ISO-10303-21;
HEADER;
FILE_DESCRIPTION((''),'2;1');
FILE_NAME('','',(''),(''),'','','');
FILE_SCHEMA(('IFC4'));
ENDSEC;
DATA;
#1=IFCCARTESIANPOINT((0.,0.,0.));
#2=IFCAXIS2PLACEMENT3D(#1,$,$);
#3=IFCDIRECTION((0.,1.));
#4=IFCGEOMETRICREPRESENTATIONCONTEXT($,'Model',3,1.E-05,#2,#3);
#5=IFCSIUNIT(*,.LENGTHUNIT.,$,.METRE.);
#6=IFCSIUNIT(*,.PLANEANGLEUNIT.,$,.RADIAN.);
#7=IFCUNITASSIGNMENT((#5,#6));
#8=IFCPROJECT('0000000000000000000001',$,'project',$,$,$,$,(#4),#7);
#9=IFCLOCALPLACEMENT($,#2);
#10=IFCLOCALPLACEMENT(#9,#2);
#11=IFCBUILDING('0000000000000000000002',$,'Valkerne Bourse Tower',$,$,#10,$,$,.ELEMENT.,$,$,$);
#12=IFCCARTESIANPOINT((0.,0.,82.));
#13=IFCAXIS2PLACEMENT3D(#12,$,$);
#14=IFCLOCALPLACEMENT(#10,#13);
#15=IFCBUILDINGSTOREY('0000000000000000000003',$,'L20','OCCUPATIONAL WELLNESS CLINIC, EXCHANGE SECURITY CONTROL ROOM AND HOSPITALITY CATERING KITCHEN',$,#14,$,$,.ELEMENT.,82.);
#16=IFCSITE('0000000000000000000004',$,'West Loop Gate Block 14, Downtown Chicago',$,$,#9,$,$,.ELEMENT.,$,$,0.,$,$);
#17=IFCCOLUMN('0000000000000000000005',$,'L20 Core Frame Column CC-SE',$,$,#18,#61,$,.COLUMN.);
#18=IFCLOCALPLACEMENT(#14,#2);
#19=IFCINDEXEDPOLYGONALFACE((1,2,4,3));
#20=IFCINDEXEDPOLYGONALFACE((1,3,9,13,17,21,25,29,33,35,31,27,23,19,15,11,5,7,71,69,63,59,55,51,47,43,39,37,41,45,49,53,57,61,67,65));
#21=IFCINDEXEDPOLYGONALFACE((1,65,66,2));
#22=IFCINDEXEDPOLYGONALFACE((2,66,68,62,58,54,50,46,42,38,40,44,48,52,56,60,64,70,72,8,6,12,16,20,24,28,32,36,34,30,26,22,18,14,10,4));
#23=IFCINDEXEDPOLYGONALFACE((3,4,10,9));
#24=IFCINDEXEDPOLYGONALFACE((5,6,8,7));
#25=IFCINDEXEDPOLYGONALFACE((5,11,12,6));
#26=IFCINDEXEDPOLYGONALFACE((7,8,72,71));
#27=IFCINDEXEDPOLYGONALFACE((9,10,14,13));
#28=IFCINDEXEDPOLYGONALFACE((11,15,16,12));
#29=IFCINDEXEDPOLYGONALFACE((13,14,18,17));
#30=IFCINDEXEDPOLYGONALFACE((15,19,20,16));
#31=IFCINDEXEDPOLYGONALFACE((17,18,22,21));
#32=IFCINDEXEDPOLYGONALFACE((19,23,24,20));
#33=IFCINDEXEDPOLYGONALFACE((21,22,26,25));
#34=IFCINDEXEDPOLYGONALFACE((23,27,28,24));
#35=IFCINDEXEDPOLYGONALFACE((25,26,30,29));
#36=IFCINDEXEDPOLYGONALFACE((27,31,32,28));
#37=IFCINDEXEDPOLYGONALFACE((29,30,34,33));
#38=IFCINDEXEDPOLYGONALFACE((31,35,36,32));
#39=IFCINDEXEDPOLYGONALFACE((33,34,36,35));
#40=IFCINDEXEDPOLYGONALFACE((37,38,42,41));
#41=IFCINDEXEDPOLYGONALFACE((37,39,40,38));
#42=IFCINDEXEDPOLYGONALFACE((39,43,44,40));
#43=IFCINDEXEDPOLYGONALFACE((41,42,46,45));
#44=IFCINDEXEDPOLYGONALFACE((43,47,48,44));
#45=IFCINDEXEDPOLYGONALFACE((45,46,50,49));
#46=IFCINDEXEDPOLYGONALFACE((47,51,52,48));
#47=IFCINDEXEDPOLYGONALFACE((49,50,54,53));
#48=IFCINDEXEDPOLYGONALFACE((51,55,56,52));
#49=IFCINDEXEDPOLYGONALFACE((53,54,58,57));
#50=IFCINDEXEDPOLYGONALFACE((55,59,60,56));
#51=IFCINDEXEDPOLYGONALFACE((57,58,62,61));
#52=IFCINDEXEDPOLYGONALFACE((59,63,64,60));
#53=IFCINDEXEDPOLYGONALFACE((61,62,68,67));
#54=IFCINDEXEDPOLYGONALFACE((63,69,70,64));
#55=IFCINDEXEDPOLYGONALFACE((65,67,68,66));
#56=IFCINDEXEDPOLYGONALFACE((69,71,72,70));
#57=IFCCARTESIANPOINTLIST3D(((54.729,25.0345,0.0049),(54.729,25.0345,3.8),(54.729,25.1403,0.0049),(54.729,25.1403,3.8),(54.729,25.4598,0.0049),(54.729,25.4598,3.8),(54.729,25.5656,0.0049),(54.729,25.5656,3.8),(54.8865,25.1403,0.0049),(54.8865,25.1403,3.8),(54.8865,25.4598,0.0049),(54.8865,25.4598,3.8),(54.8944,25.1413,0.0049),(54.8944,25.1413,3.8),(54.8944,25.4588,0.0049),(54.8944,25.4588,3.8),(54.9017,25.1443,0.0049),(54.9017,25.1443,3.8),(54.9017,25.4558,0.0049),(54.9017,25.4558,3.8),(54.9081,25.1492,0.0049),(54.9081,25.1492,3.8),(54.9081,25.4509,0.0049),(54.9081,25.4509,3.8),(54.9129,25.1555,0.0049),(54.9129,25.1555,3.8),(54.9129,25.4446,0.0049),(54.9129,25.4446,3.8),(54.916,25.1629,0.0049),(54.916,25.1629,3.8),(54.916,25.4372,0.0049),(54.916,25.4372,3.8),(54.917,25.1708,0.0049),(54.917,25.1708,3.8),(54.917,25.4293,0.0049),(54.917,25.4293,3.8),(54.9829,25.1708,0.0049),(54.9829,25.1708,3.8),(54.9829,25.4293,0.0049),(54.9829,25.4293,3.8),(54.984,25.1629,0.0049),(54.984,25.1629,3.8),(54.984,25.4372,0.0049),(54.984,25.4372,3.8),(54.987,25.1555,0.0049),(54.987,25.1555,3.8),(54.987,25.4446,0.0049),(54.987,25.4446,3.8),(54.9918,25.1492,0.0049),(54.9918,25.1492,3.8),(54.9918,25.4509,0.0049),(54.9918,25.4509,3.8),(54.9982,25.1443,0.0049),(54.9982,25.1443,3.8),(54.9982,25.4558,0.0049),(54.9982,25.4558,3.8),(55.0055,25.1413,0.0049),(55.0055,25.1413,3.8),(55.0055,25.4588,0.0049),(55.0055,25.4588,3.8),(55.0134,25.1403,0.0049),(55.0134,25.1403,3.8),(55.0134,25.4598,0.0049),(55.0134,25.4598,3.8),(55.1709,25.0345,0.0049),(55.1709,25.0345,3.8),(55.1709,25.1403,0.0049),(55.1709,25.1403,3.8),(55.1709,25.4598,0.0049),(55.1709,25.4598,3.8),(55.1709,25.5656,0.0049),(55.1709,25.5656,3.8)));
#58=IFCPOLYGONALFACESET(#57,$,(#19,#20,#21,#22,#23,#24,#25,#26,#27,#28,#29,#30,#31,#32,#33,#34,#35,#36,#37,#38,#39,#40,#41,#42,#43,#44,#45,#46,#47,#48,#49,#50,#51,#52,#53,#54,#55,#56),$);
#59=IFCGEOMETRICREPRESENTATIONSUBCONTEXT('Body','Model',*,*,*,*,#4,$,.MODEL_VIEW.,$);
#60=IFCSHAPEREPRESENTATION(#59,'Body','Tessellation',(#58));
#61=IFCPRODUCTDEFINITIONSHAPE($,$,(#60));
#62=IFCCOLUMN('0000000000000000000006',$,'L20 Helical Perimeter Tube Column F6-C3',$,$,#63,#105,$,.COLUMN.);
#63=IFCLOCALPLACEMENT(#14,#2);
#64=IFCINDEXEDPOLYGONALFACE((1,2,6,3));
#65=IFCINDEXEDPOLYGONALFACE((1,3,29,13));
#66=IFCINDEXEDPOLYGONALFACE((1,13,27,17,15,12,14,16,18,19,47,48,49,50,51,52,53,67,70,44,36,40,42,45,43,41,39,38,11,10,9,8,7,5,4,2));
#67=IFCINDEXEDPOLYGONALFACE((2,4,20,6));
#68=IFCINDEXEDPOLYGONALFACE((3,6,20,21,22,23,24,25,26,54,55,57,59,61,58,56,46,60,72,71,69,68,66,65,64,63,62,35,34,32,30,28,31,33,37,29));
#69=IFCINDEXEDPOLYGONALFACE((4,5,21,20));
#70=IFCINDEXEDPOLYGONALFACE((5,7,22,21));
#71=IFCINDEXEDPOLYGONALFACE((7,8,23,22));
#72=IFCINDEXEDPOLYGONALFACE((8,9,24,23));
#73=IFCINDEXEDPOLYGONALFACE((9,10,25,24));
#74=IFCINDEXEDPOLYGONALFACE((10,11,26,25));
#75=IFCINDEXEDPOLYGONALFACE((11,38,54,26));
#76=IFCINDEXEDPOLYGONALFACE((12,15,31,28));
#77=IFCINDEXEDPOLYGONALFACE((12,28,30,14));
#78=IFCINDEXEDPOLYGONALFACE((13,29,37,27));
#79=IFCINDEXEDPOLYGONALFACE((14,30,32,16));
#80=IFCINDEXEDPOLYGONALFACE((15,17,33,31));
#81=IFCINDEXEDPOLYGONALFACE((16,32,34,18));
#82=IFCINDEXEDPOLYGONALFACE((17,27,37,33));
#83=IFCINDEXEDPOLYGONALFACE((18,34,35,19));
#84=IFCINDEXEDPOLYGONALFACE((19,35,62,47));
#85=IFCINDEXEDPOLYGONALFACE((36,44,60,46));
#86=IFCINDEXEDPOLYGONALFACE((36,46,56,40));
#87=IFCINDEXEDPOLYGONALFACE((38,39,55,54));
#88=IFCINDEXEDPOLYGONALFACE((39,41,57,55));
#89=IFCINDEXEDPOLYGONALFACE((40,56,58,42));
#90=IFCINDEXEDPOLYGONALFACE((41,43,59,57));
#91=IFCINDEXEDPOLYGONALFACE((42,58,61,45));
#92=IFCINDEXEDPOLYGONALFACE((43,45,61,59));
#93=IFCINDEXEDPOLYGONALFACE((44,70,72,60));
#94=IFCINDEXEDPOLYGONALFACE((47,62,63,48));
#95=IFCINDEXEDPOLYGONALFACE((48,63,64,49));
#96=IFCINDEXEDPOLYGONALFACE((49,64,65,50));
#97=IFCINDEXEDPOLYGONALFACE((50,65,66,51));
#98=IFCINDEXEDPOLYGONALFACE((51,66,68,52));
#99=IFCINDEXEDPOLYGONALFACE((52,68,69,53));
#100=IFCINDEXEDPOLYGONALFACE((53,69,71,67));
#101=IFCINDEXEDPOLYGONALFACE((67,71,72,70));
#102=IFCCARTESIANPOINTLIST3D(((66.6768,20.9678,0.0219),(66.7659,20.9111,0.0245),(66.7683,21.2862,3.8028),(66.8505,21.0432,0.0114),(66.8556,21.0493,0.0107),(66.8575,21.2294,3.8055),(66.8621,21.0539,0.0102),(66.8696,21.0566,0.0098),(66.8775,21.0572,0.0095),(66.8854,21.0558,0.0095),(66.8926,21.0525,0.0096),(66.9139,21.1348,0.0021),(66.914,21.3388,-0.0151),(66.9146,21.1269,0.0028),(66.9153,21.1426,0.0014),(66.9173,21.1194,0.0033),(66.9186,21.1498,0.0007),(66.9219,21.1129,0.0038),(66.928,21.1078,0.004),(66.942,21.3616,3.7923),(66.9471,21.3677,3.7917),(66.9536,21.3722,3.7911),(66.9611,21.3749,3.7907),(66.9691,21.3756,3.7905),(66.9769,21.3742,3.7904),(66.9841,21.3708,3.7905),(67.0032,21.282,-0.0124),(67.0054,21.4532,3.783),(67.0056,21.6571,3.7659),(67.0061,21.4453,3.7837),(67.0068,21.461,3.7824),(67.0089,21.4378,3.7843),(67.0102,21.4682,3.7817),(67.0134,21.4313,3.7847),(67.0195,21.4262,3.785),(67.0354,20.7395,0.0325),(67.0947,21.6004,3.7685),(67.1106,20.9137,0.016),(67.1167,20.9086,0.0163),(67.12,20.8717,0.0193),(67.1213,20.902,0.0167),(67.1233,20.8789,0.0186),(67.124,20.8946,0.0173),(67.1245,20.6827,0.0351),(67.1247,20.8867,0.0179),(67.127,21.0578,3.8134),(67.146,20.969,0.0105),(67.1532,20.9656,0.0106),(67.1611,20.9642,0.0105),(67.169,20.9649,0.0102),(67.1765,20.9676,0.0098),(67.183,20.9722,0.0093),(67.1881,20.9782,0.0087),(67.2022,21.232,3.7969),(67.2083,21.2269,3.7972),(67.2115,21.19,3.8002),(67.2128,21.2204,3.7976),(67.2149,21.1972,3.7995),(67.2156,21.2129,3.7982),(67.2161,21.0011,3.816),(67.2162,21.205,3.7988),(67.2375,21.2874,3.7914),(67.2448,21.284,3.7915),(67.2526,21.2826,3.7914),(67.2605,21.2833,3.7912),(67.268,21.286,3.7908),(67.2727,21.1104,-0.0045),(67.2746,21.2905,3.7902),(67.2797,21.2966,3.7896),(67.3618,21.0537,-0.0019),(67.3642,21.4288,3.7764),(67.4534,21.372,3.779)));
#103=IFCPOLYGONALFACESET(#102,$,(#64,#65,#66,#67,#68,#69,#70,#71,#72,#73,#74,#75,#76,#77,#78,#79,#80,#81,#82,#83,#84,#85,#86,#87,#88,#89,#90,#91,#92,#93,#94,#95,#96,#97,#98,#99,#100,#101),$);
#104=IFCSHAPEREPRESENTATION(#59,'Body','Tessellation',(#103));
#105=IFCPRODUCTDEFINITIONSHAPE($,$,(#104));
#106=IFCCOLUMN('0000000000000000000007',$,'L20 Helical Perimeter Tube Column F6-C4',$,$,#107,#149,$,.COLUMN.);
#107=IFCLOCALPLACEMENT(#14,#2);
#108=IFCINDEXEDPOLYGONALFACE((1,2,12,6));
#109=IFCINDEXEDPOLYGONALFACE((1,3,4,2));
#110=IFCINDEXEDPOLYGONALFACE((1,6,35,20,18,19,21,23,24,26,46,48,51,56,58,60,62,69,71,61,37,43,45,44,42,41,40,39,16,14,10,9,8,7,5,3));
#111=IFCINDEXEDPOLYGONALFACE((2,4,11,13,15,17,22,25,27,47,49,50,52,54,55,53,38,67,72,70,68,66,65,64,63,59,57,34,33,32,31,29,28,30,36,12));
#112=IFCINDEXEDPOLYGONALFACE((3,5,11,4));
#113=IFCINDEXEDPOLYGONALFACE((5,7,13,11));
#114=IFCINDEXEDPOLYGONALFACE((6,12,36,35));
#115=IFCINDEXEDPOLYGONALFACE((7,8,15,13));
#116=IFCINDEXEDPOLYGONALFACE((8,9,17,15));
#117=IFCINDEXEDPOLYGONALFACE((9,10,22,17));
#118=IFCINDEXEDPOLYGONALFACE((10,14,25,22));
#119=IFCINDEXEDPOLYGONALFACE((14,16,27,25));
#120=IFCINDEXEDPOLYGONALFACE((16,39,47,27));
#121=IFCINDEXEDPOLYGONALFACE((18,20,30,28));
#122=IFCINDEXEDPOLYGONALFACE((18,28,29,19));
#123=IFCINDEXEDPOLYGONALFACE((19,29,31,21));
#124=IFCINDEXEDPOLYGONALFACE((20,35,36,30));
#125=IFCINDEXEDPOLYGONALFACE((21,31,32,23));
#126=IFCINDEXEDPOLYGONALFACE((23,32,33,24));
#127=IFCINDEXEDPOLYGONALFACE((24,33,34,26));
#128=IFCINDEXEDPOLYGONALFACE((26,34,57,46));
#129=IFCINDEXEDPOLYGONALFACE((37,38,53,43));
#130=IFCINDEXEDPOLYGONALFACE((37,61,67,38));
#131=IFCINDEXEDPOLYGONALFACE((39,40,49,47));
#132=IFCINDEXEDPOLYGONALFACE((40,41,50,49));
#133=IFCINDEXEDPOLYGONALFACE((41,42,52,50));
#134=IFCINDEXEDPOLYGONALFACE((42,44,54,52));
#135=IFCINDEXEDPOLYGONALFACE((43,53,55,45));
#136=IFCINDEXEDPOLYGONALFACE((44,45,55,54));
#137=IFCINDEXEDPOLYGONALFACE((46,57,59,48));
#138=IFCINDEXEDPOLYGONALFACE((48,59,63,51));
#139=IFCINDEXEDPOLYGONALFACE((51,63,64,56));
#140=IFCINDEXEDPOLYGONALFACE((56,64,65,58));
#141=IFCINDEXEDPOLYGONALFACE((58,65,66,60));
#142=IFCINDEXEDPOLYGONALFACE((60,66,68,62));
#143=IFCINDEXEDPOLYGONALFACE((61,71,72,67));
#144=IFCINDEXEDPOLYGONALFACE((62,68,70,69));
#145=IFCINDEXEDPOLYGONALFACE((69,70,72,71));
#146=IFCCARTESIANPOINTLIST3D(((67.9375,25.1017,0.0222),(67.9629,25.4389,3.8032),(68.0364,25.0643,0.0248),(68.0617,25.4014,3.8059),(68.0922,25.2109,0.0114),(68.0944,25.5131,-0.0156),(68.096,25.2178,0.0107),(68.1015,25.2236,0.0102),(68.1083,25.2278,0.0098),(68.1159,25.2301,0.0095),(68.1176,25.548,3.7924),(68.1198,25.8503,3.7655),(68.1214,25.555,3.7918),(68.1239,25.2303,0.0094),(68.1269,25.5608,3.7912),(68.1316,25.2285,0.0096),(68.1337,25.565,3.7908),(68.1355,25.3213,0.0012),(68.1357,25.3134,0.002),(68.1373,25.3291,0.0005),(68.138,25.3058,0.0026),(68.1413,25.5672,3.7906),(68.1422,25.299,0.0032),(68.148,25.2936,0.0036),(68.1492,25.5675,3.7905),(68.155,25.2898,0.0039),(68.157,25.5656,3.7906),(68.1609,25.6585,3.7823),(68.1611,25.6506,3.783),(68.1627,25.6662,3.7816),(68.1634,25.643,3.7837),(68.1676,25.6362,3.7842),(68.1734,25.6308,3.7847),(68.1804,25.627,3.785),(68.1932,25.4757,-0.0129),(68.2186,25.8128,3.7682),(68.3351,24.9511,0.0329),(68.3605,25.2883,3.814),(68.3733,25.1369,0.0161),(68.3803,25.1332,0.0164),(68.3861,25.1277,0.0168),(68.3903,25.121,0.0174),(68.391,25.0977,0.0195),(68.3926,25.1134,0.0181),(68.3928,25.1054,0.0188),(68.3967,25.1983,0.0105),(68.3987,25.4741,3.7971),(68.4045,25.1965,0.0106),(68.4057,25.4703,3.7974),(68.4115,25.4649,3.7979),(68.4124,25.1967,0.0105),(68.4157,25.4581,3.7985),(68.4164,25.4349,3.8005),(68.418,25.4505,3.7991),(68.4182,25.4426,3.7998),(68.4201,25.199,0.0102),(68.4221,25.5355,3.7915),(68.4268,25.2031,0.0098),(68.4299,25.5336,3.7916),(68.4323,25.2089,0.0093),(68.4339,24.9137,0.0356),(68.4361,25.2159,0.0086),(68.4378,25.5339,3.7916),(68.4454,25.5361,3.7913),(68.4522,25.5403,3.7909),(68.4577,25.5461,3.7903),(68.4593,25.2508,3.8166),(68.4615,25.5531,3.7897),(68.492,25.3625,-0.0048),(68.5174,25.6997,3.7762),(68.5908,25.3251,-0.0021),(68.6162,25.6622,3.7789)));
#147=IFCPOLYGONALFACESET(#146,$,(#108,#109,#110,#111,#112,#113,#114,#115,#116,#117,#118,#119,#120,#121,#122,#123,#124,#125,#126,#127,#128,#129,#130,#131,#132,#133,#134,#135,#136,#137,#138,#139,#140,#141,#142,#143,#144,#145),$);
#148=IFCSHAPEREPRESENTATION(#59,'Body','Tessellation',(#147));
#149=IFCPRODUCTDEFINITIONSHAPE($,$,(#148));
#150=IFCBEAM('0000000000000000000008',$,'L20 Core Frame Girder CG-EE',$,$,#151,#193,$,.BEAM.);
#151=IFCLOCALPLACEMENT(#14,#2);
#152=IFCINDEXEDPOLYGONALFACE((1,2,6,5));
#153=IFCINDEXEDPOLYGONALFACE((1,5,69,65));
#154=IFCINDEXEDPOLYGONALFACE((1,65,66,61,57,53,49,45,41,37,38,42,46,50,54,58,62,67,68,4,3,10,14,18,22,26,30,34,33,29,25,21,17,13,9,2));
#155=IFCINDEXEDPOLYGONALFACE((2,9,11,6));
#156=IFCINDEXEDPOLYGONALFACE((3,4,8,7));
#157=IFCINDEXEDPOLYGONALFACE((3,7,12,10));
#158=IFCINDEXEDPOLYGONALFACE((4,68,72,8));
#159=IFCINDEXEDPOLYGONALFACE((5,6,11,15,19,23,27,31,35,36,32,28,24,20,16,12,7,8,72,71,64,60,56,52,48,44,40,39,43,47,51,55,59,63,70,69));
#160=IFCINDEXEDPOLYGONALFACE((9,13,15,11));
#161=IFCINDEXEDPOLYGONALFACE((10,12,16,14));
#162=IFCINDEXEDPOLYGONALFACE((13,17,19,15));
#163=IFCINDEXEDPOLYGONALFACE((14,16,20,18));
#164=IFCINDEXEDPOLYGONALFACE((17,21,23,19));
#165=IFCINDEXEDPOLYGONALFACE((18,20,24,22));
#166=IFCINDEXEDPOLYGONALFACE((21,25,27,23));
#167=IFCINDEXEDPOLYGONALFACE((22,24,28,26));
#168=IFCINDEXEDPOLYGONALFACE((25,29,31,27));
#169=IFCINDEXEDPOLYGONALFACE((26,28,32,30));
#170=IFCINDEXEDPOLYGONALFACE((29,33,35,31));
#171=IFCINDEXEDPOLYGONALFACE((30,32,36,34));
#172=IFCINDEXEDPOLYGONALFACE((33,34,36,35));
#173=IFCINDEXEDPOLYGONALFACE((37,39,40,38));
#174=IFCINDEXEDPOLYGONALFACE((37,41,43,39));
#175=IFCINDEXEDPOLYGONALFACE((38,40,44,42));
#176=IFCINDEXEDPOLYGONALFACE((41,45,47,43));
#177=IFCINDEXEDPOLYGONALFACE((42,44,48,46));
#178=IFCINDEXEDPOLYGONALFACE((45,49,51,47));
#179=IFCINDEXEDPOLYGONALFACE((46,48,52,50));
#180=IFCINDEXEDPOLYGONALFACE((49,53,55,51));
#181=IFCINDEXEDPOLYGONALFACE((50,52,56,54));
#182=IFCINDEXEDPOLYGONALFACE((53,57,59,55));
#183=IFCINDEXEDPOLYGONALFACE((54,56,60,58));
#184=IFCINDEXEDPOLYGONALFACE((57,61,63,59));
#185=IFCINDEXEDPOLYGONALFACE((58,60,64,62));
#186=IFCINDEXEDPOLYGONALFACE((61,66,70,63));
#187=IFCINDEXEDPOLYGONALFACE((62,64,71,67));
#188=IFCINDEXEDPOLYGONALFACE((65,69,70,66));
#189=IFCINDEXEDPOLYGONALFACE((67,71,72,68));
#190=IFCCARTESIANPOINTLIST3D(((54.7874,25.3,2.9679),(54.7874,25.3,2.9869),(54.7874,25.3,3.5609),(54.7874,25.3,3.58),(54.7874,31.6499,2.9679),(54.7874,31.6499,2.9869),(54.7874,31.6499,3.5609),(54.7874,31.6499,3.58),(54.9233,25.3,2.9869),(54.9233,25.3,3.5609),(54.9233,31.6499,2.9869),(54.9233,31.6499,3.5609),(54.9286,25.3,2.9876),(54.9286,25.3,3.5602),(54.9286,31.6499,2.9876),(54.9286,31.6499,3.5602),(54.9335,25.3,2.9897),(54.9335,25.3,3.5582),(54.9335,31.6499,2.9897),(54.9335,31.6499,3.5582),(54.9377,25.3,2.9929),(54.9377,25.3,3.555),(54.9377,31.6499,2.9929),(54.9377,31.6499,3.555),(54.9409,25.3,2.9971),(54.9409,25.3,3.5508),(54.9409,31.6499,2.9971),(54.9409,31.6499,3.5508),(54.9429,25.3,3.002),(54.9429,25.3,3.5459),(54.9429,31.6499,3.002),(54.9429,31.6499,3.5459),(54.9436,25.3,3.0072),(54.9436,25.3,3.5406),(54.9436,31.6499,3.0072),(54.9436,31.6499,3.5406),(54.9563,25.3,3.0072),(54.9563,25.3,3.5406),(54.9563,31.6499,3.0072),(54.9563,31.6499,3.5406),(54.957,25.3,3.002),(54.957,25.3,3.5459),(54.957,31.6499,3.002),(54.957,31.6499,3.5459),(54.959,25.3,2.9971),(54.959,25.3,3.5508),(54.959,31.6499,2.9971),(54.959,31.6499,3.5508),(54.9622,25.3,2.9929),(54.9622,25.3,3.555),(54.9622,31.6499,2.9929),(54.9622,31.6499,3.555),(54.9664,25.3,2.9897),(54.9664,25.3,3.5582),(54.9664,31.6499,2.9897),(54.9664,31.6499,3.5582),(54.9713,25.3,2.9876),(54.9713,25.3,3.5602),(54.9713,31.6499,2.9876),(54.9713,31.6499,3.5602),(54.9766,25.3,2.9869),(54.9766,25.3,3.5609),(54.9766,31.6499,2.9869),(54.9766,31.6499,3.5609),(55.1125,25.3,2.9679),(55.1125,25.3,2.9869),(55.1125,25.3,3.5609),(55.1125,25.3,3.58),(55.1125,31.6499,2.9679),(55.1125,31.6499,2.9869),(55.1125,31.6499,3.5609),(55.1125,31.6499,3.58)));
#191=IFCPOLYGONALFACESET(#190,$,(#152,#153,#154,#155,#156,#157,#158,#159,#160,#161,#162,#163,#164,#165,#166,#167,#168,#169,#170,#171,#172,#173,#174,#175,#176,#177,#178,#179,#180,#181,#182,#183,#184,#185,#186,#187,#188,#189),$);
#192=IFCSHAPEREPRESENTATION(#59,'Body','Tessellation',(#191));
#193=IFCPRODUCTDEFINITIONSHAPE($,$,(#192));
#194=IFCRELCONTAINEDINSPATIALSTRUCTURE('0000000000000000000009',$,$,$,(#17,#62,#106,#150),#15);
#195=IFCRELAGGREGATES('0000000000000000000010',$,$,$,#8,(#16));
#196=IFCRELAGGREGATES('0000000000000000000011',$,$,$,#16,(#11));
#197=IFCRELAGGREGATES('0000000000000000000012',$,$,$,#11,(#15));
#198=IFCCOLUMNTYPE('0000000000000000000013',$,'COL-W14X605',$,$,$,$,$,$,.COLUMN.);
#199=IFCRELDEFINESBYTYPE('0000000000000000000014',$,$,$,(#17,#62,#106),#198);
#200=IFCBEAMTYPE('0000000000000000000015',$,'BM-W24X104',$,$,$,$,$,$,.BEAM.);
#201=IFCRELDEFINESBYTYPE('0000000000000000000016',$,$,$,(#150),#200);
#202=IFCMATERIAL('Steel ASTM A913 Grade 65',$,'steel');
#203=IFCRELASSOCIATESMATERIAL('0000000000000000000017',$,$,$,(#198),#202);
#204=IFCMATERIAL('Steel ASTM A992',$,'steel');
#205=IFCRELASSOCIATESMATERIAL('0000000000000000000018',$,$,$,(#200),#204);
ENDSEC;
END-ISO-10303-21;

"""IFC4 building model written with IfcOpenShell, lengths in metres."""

from ifc_helpers import new_model, si_unit, direction, frame, origin, origin_2d, place, context, subcontext, project, spatial, i_section, extrude, material, material_profile, profile_set, type_object, element, save


model = new_model("IFC4")

# Units and contexts
model_context = context("Model", 3, precision=1e-05, world=origin(), true_north=direction((0.0, 1.0)))
body_context = subcontext(model_context, "Body", "Model", "MODEL_VIEW")
ifc_project = project(units=[si_unit("LENGTHUNIT", "METRE"), si_unit("PLANEANGLEUNIT", "RADIAN")], contexts=[model_context])

# Site, building, storey
site_placement = place(None, origin())
site = spatial("IfcSite", under=ifc_project, at=site_placement, Name="West Loop Gate Block 14, Downtown Chicago", CompositionType="ELEMENT", RefElevation=0.0)
building_placement = place(site_placement, origin())
building = spatial("IfcBuilding", under=site, at=building_placement, Name="Valkerne Bourse Tower", CompositionType="ELEMENT")
storey_placement = place(building_placement, frame((0.0, 0.0, 82.0)))
storey = spatial("IfcBuildingStorey", under=building, at=storey_placement, Name="L20", Description="OCCUPATIONAL WELLNESS CLINIC, EXCHANGE SECURITY CONTROL ROOM AND HOSPITALITY CATERING KITCHEN", CompositionType="ELEMENT", Elevation=82.0)

# Columns
ifc_material_1 = material(Name="Steel ASTM A913 Grade 65", Category="steel")
ifc_material_profile_1 = material_profile(ifc_material_1, i_section(OverallWidth=0.4419, OverallDepth=0.531, WebThickness=0.0659, FlangeThickness=0.1057, FilletRadius=0.0305, at=origin_2d()), Name="W14X605")
ifc_profile_set_1 = profile_set([ifc_material_profile_1], Name="Steel ASTM A913 Grade 65")
column_type = type_object("IfcColumnType", Name="COL-W14X605", PredefinedType="COLUMN", material=ifc_profile_set_1)
column_1_placement = place(storey_placement, frame((54.95, 25.3, 0.0049), z_axis=(0.0, 0.0, 1.0), x_axis=(1.0, 0.0, 0.0)))
element("IfcColumn", 1, at=column_1_placement, inside=storey, type_object=column_type, Name="L20 Core Frame Column CC-SE", PredefinedType="COLUMN", context=body_context, shape_type="SweptSolid", body=[
    extrude(i_section(OverallWidth=0.4419, OverallDepth=0.531, WebThickness=0.0659, FlangeThickness=0.1057, FilletRadius=0.0305, at=origin_2d()), origin(), (0.0, 0.0, 1.0), 3.7952),
])
column_2_placement = place(storey_placement, frame((67.0193, 21.0107, 0.01), z_axis=(0.024121, 0.083878, 0.996184), x_axis=(-0.536936, -0.839462, 0.083684)))
element("IfcColumn", 2, at=column_2_placement, inside=storey, type_object=column_type, Name="L20 Helical Perimeter Tube Column F6-C3", PredefinedType="COLUMN", context=body_context, shape_type="SweptSolid", body=[
    extrude(i_section(OverallWidth=0.4419, OverallDepth=0.531, WebThickness=0.0659, FlangeThickness=0.1057, FilletRadius=0.0305, at=origin_2d()), origin(), (0.0, 0.0, 1.0), 3.7954),
])
column_3_placement = place(storey_placement, frame((68.2642, 25.2134, 0.01), z_axis=(0.006689, 0.088817, 0.996025), x_axis=(-0.35493, -0.930984, 0.085401)))
element("IfcColumn", 3, at=column_3_placement, inside=storey, type_object=column_type, Name="L20 Helical Perimeter Tube Column F6-C4", PredefinedType="COLUMN", context=body_context, shape_type="SweptSolid", body=[
    extrude(i_section(OverallWidth=0.4419, OverallDepth=0.531, WebThickness=0.0659, FlangeThickness=0.1057, FilletRadius=0.0305, at=origin_2d()), origin(), (0.0, 0.0, 1.0), 3.7961),
])

# Beam
ifc_material_2 = material(Name="Steel ASTM A992", Category="steel")
ifc_material_profile_2 = material_profile(ifc_material_2, i_section(OverallWidth=0.3252, OverallDepth=0.6121, WebThickness=0.0127, FlangeThickness=0.019, FilletRadius=0.0203, at=origin_2d()), Name="W24X104")
ifc_profile_set_2 = profile_set([ifc_material_profile_2], Name="Steel ASTM A992")
beam_type_1 = type_object("IfcBeamType", Name="BM-W24X104", PredefinedType="BEAM", material=ifc_profile_set_2)
beam_1_placement = place(storey_placement, frame((54.95, 25.3, 3.2739), z_axis=(0.0, 1.0, 0.0), x_axis=(-1.0, 0.0, 0.0)))
element("IfcBeam", 4, at=beam_1_placement, inside=storey, type_object=beam_type_1, Name="L20 Core Frame Girder CG-EE", PredefinedType="BEAM", context=body_context, shape_type="SweptSolid", body=[
    extrude(i_section(OverallWidth=0.3252, OverallDepth=0.6121, WebThickness=0.0127, FlangeThickness=0.019, FilletRadius=0.0203, at=origin_2d()), origin(), (0.0, 0.0, 1.0), 6.3499),
])

save(model, "model.ifc")
